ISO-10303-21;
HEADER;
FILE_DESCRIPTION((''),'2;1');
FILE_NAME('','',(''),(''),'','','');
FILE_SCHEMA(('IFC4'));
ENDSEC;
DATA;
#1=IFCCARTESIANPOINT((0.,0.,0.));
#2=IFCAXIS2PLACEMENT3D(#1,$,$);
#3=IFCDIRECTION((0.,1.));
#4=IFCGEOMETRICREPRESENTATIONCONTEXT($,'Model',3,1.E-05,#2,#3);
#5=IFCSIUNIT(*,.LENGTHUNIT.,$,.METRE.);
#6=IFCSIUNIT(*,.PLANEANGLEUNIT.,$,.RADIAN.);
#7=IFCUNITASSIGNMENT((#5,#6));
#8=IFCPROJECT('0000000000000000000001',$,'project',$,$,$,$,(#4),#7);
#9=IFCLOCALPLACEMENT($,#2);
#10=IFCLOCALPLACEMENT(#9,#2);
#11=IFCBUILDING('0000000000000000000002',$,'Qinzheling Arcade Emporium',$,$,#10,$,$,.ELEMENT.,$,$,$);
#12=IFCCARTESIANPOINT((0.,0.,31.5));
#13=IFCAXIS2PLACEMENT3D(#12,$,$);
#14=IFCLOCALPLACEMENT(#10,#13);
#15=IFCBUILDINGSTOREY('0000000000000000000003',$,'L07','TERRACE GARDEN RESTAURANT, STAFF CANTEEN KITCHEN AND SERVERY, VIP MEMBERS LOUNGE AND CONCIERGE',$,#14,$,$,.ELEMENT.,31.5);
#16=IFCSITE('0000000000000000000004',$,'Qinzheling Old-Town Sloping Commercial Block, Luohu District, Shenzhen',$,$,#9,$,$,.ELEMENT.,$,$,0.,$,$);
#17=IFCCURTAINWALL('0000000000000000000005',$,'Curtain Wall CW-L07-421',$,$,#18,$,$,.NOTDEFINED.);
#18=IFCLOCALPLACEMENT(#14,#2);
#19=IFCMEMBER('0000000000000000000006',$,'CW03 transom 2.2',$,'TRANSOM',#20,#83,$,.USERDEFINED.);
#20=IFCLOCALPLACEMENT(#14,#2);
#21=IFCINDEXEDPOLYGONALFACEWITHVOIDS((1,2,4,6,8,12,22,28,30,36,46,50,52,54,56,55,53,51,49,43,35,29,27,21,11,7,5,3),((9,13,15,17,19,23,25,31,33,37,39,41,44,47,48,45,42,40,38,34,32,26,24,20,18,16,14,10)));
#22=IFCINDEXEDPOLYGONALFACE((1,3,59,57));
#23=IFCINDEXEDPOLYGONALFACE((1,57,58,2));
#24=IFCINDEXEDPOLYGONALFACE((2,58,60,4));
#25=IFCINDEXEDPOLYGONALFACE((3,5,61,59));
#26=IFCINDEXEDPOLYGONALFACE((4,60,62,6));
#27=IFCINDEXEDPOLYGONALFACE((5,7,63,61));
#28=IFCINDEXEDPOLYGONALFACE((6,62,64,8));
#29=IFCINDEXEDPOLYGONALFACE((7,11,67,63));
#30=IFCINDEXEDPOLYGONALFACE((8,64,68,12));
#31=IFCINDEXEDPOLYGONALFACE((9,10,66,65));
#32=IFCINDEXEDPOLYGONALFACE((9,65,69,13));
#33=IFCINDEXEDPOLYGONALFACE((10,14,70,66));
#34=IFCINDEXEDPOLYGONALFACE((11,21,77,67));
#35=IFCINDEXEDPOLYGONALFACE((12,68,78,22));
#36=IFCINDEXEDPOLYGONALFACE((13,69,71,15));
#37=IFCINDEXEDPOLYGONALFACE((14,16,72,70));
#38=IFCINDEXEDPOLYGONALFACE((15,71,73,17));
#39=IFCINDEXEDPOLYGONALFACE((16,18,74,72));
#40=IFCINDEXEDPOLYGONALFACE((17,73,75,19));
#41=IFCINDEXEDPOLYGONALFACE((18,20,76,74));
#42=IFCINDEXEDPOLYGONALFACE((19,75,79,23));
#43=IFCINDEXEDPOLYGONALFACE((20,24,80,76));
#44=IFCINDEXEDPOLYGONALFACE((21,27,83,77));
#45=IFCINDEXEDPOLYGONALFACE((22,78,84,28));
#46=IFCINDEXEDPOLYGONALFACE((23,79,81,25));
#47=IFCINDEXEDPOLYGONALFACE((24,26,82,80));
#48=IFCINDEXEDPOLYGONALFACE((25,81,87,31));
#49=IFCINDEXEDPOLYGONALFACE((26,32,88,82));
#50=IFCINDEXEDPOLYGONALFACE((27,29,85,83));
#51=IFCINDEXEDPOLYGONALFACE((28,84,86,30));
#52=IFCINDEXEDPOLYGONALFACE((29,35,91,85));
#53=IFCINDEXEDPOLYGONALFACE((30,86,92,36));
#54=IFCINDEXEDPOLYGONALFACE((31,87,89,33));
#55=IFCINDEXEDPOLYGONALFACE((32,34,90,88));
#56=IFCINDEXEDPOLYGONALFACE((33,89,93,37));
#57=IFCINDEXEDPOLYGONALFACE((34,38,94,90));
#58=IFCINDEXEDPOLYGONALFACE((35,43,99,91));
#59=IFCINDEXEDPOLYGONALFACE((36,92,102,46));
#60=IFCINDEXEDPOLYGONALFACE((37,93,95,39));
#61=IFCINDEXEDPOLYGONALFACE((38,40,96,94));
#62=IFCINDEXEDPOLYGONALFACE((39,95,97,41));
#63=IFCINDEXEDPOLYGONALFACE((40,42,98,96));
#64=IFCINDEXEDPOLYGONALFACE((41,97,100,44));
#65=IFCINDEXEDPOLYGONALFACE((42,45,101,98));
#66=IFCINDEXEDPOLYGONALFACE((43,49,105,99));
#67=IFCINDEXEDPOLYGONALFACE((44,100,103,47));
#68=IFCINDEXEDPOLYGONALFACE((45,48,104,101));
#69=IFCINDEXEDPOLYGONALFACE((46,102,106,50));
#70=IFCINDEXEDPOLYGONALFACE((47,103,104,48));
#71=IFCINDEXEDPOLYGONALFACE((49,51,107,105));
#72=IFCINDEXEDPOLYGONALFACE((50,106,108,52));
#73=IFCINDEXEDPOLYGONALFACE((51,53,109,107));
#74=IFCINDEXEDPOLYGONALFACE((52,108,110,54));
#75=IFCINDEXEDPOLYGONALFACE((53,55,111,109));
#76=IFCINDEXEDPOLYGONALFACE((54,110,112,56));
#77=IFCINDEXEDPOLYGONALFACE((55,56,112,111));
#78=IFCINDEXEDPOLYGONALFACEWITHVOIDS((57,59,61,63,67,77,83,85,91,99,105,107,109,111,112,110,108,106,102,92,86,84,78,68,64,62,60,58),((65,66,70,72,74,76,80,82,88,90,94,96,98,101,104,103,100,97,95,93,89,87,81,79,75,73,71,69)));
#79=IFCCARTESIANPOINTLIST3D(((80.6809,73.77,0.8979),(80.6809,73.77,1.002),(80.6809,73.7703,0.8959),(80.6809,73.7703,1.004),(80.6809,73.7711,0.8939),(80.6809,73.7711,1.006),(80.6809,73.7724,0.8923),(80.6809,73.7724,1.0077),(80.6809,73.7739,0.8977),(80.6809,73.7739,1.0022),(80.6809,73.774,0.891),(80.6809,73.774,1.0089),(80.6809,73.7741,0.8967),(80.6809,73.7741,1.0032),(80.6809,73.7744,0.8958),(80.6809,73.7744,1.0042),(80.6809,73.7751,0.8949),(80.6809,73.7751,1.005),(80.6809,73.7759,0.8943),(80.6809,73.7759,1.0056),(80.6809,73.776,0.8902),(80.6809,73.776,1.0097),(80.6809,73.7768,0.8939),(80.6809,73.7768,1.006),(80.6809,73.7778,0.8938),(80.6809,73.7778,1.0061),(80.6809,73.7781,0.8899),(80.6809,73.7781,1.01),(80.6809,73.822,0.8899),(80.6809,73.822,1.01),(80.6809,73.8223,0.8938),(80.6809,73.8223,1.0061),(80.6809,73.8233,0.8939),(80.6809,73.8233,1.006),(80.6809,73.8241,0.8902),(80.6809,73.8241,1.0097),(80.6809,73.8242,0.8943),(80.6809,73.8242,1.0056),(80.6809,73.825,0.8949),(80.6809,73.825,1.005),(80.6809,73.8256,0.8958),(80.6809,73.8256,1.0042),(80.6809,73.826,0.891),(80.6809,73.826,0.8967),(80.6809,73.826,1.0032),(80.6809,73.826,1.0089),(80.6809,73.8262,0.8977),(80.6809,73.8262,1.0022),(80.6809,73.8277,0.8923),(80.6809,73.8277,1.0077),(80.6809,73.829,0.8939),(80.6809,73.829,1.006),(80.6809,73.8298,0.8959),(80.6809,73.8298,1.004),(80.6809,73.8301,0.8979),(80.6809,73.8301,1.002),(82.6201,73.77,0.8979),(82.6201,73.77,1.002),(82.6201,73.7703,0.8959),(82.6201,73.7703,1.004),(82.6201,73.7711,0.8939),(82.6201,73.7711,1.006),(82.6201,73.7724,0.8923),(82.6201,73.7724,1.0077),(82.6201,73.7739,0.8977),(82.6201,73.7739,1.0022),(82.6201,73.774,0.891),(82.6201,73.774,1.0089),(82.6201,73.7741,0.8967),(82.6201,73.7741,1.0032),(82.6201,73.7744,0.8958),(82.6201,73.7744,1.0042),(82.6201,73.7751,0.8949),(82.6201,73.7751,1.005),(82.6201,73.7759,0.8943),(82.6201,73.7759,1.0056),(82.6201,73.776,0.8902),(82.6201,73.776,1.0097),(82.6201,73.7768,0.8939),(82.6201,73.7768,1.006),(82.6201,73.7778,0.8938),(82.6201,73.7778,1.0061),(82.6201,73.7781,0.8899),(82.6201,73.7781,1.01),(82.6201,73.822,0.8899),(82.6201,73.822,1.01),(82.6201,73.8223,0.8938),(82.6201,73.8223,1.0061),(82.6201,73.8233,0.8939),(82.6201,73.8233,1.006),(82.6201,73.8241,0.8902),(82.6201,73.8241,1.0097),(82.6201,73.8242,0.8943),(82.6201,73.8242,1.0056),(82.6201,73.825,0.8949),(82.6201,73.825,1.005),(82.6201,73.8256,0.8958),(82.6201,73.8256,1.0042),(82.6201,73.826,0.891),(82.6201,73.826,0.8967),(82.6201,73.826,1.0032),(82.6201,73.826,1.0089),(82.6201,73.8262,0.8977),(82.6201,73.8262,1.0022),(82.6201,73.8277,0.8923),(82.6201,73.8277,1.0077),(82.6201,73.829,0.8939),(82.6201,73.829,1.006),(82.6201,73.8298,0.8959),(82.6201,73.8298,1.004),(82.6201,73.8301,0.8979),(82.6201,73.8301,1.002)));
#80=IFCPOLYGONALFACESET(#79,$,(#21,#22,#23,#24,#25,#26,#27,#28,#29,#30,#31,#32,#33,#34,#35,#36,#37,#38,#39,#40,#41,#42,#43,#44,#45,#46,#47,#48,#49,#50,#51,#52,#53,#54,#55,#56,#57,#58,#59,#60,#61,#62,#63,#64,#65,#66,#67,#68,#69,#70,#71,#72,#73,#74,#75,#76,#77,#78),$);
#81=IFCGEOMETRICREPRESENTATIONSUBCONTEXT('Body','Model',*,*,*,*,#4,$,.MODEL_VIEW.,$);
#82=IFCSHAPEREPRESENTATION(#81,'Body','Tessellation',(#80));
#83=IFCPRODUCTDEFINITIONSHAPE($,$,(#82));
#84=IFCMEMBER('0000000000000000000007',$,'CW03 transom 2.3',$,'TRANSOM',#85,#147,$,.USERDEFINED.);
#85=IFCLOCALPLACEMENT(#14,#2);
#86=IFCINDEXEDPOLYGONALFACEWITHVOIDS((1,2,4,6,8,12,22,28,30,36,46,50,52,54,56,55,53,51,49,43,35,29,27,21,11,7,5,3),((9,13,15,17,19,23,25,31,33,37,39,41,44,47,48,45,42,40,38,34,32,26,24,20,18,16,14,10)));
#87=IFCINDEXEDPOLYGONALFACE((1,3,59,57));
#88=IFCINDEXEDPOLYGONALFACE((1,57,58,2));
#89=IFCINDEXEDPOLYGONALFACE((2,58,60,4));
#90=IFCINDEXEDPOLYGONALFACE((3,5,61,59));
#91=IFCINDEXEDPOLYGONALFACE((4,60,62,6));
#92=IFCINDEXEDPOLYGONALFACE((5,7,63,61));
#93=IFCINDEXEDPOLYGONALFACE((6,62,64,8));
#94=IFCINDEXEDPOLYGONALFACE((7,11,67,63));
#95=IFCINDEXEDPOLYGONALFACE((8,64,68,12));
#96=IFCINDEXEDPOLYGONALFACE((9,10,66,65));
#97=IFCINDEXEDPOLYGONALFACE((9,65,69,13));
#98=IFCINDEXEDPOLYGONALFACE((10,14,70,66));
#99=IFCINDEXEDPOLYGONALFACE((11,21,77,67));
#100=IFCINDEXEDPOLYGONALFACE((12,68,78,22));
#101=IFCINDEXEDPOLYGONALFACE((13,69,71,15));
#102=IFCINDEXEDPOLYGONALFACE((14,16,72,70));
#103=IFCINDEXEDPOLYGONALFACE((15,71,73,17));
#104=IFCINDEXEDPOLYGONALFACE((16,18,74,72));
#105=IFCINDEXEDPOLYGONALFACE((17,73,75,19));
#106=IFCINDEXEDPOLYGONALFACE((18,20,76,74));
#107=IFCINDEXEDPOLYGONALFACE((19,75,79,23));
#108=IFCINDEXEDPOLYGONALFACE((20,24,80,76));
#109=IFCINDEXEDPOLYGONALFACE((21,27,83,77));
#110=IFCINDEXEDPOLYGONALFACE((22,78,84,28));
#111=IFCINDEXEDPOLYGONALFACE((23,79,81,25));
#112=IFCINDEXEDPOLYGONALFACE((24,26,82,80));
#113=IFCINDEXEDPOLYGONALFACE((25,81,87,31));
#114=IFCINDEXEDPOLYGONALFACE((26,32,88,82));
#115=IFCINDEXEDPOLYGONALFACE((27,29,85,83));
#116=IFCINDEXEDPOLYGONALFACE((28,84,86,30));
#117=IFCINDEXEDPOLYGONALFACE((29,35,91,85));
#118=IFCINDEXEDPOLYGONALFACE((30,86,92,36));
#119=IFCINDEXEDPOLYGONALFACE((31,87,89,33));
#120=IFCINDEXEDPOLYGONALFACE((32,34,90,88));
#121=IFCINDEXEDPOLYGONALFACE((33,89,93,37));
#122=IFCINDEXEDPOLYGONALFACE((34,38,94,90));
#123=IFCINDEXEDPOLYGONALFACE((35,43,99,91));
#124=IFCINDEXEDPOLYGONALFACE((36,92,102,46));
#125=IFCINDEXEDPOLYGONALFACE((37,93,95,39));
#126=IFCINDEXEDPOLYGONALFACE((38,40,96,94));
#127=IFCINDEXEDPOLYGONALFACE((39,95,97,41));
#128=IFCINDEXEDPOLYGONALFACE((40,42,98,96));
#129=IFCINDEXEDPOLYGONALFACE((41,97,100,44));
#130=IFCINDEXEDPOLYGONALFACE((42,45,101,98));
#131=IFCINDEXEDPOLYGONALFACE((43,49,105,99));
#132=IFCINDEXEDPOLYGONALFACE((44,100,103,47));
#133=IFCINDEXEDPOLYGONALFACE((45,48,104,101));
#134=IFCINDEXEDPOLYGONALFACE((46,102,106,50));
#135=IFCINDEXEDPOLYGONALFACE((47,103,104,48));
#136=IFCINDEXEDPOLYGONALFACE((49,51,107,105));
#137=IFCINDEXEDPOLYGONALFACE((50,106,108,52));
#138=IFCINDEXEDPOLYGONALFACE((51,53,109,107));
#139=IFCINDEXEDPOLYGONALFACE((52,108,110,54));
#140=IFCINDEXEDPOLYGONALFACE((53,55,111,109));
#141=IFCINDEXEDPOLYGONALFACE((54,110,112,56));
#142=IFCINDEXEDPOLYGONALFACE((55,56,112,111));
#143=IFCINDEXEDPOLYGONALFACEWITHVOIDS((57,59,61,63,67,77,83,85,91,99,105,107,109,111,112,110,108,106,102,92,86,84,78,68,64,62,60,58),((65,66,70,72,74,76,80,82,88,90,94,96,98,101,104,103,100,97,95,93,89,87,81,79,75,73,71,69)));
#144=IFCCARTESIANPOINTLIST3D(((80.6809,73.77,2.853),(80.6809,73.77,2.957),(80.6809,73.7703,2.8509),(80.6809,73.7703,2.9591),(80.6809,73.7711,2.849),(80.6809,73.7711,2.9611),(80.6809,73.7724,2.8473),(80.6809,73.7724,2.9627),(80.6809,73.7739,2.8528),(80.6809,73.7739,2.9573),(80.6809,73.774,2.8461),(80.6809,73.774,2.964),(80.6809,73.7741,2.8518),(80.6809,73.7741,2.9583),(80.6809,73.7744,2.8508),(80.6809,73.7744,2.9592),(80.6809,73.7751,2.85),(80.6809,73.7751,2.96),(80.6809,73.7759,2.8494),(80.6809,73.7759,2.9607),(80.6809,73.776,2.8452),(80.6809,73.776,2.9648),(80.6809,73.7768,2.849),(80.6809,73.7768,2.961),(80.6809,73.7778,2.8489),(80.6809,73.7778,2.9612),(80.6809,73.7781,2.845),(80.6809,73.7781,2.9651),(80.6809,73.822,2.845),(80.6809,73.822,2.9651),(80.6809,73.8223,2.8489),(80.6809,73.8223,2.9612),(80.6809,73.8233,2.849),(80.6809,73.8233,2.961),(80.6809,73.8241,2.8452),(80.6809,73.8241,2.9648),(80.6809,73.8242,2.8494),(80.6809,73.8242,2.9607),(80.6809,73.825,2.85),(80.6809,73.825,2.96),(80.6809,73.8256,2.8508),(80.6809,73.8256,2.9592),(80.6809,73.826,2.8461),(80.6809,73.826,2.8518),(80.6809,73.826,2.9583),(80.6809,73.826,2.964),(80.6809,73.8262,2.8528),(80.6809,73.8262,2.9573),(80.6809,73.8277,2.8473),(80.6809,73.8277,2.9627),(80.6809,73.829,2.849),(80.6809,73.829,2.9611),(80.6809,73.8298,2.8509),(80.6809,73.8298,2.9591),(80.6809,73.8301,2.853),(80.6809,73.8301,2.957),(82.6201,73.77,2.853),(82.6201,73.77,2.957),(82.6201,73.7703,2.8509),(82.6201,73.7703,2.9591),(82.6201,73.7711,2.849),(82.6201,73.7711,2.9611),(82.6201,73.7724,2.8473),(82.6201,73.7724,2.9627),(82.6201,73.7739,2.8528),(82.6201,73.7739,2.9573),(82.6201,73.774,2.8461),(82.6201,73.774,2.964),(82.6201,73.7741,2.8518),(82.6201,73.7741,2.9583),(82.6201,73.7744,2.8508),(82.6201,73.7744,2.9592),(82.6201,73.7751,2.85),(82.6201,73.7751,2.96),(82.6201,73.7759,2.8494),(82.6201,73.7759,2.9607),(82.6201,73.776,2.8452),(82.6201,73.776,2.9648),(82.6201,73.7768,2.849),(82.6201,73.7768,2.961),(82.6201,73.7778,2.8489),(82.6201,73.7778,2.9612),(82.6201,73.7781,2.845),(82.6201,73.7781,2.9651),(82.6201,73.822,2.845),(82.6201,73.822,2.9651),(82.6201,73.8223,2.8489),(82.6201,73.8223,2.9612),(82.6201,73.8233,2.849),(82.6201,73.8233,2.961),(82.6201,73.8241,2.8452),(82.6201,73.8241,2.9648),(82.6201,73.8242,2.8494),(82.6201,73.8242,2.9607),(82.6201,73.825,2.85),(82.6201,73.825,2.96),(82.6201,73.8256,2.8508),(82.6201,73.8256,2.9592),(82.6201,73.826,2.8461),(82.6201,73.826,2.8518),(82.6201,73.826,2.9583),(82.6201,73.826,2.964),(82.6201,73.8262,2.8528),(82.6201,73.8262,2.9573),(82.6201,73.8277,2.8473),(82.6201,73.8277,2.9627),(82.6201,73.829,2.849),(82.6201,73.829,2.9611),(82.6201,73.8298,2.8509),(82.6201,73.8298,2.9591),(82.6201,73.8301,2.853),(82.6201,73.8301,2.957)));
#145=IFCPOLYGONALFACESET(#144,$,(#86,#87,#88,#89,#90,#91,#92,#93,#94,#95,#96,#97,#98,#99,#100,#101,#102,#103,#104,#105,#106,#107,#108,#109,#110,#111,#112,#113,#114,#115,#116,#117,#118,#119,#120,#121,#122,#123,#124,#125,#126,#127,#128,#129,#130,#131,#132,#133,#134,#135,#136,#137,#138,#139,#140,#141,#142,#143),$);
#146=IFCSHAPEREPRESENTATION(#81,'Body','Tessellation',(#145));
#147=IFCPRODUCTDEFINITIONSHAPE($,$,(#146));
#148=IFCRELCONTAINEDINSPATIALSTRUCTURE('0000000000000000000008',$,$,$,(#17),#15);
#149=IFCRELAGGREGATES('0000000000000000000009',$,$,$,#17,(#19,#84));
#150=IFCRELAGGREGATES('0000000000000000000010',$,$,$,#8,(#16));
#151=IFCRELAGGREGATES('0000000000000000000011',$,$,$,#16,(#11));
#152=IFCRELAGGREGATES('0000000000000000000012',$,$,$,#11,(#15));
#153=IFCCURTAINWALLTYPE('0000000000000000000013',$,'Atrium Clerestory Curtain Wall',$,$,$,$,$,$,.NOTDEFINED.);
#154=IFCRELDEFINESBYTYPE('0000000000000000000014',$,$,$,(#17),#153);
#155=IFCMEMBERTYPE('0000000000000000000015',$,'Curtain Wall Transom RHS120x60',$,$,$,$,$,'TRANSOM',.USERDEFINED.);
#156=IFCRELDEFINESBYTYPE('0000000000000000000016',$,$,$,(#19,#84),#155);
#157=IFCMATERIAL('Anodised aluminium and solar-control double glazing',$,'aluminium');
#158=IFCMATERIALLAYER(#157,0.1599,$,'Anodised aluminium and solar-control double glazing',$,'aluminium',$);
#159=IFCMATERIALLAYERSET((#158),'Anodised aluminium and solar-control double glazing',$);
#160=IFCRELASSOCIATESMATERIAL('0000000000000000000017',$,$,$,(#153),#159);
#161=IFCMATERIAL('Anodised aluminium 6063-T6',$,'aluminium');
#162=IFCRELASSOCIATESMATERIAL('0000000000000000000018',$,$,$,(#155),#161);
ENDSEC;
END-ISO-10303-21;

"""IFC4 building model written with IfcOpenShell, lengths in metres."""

from ifc_helpers import new_model, si_unit, direction, frame, origin, origin_2d, place, context, subcontext, project, spatial, hollow_rectangle, extrude, material, layer, layer_set, material_profile, profile_set, type_object, element, aggregate, save


model = new_model("IFC4")

# Units and contexts
model_context = context("Model", 3, precision=1e-05, world=origin(), true_north=direction((0.0, 1.0)))
body_context = subcontext(model_context, "Body", "Model", "MODEL_VIEW")
ifc_project = project(units=[si_unit("LENGTHUNIT", "METRE"), si_unit("PLANEANGLEUNIT", "RADIAN")], contexts=[model_context])

# Site, building, storey
site_placement = place(None, origin())
site = spatial("IfcSite", under=ifc_project, at=site_placement, Name="Qinzheling Old-Town Sloping Commercial Block, Luohu District, Shenzhen", CompositionType="ELEMENT", RefElevation=0.0)
building_placement = place(site_placement, origin())
building = spatial("IfcBuilding", under=site, at=building_placement, Name="Qinzheling Arcade Emporium", CompositionType="ELEMENT")
storey_placement = place(building_placement, frame((0.0, 0.0, 31.5)))
storey = spatial("IfcBuildingStorey", under=building, at=storey_placement, Name="L07", Description="TERRACE GARDEN RESTAURANT, STAFF CANTEEN KITCHEN AND SERVERY, VIP MEMBERS LOUNGE AND CONCIERGE", CompositionType="ELEMENT", Elevation=31.5)

# Curtain wall, members
ifc_material_1 = material(Name="Anodised aluminium and solar-control double glazing", Category="aluminium")
ifc_layer_1 = layer(ifc_material_1, 0.1599, Name="Anodised aluminium and solar-control double glazing", Category="aluminium")
ifc_layer_set_1 = layer_set([ifc_layer_1], Name="Anodised aluminium and solar-control double glazing")
curtain_wall_type = type_object("IfcCurtainWallType", Name="Atrium Clerestory Curtain Wall", PredefinedType="NOTDEFINED", material=ifc_layer_set_1)
curtain_wall_placement = place(storey_placement, origin())
curtain_wall = element("IfcCurtainWall", 1, at=curtain_wall_placement, inside=storey, type_object=curtain_wall_type, Name="Curtain Wall CW-L07-421", PredefinedType="NOTDEFINED")
ifc_material_2 = material(Name="Anodised aluminium 6063-T6", Category="aluminium")
ifc_material_profile_1 = material_profile(ifc_material_2, hollow_rectangle(XDim=0.0601, YDim=0.1201, WallThickness=0.0039, InnerFilletRadius=0.0039, OuterFilletRadius=0.0081, at=origin_2d()), Name="RHS 120x60x4", Category="aluminium")
ifc_profile_set_1 = profile_set([ifc_material_profile_1], Name="Anodised aluminium 6063-T6")
member_type_1 = type_object("IfcMemberType", Name="Curtain Wall Transom RHS120x60", ElementType="TRANSOM", PredefinedType="USERDEFINED", material=ifc_profile_set_1)
member_1_placement = place(storey_placement, frame((80.6809, 73.8, 0.95), z_axis=(1.0, 0.0, 0.0), x_axis=(0.0, 1.0, 0.0)))
member_1 = element("IfcMember", 2, at=member_1_placement, type_object=member_type_1, Name="CW03 transom 2.2", ObjectType="TRANSOM", PredefinedType="USERDEFINED", context=body_context, shape_type="SweptSolid", body=[
    extrude(hollow_rectangle(XDim=0.0601, YDim=0.1201, WallThickness=0.0039, InnerFilletRadius=0.0039, OuterFilletRadius=0.0081, at=origin_2d()), origin(), (0.0, 0.0, 1.0), 1.9392),
])
member_2_placement = place(storey_placement, frame((80.6809, 73.8, 2.905), z_axis=(1.0, 0.0, 0.0), x_axis=(0.0, 1.0, 0.0)))
member_2 = element("IfcMember", 3, at=member_2_placement, type_object=member_type_1, Name="CW03 transom 2.3", ObjectType="TRANSOM", PredefinedType="USERDEFINED", context=body_context, shape_type="SweptSolid", body=[
    extrude(hollow_rectangle(XDim=0.0601, YDim=0.1201, WallThickness=0.0039, InnerFilletRadius=0.0039, OuterFilletRadius=0.0081, at=origin_2d()), origin(), (0.0, 0.0, 1.0), 1.9392),
])
aggregate(curtain_wall, [member_1, member_2])

save(model, "model.ifc")
